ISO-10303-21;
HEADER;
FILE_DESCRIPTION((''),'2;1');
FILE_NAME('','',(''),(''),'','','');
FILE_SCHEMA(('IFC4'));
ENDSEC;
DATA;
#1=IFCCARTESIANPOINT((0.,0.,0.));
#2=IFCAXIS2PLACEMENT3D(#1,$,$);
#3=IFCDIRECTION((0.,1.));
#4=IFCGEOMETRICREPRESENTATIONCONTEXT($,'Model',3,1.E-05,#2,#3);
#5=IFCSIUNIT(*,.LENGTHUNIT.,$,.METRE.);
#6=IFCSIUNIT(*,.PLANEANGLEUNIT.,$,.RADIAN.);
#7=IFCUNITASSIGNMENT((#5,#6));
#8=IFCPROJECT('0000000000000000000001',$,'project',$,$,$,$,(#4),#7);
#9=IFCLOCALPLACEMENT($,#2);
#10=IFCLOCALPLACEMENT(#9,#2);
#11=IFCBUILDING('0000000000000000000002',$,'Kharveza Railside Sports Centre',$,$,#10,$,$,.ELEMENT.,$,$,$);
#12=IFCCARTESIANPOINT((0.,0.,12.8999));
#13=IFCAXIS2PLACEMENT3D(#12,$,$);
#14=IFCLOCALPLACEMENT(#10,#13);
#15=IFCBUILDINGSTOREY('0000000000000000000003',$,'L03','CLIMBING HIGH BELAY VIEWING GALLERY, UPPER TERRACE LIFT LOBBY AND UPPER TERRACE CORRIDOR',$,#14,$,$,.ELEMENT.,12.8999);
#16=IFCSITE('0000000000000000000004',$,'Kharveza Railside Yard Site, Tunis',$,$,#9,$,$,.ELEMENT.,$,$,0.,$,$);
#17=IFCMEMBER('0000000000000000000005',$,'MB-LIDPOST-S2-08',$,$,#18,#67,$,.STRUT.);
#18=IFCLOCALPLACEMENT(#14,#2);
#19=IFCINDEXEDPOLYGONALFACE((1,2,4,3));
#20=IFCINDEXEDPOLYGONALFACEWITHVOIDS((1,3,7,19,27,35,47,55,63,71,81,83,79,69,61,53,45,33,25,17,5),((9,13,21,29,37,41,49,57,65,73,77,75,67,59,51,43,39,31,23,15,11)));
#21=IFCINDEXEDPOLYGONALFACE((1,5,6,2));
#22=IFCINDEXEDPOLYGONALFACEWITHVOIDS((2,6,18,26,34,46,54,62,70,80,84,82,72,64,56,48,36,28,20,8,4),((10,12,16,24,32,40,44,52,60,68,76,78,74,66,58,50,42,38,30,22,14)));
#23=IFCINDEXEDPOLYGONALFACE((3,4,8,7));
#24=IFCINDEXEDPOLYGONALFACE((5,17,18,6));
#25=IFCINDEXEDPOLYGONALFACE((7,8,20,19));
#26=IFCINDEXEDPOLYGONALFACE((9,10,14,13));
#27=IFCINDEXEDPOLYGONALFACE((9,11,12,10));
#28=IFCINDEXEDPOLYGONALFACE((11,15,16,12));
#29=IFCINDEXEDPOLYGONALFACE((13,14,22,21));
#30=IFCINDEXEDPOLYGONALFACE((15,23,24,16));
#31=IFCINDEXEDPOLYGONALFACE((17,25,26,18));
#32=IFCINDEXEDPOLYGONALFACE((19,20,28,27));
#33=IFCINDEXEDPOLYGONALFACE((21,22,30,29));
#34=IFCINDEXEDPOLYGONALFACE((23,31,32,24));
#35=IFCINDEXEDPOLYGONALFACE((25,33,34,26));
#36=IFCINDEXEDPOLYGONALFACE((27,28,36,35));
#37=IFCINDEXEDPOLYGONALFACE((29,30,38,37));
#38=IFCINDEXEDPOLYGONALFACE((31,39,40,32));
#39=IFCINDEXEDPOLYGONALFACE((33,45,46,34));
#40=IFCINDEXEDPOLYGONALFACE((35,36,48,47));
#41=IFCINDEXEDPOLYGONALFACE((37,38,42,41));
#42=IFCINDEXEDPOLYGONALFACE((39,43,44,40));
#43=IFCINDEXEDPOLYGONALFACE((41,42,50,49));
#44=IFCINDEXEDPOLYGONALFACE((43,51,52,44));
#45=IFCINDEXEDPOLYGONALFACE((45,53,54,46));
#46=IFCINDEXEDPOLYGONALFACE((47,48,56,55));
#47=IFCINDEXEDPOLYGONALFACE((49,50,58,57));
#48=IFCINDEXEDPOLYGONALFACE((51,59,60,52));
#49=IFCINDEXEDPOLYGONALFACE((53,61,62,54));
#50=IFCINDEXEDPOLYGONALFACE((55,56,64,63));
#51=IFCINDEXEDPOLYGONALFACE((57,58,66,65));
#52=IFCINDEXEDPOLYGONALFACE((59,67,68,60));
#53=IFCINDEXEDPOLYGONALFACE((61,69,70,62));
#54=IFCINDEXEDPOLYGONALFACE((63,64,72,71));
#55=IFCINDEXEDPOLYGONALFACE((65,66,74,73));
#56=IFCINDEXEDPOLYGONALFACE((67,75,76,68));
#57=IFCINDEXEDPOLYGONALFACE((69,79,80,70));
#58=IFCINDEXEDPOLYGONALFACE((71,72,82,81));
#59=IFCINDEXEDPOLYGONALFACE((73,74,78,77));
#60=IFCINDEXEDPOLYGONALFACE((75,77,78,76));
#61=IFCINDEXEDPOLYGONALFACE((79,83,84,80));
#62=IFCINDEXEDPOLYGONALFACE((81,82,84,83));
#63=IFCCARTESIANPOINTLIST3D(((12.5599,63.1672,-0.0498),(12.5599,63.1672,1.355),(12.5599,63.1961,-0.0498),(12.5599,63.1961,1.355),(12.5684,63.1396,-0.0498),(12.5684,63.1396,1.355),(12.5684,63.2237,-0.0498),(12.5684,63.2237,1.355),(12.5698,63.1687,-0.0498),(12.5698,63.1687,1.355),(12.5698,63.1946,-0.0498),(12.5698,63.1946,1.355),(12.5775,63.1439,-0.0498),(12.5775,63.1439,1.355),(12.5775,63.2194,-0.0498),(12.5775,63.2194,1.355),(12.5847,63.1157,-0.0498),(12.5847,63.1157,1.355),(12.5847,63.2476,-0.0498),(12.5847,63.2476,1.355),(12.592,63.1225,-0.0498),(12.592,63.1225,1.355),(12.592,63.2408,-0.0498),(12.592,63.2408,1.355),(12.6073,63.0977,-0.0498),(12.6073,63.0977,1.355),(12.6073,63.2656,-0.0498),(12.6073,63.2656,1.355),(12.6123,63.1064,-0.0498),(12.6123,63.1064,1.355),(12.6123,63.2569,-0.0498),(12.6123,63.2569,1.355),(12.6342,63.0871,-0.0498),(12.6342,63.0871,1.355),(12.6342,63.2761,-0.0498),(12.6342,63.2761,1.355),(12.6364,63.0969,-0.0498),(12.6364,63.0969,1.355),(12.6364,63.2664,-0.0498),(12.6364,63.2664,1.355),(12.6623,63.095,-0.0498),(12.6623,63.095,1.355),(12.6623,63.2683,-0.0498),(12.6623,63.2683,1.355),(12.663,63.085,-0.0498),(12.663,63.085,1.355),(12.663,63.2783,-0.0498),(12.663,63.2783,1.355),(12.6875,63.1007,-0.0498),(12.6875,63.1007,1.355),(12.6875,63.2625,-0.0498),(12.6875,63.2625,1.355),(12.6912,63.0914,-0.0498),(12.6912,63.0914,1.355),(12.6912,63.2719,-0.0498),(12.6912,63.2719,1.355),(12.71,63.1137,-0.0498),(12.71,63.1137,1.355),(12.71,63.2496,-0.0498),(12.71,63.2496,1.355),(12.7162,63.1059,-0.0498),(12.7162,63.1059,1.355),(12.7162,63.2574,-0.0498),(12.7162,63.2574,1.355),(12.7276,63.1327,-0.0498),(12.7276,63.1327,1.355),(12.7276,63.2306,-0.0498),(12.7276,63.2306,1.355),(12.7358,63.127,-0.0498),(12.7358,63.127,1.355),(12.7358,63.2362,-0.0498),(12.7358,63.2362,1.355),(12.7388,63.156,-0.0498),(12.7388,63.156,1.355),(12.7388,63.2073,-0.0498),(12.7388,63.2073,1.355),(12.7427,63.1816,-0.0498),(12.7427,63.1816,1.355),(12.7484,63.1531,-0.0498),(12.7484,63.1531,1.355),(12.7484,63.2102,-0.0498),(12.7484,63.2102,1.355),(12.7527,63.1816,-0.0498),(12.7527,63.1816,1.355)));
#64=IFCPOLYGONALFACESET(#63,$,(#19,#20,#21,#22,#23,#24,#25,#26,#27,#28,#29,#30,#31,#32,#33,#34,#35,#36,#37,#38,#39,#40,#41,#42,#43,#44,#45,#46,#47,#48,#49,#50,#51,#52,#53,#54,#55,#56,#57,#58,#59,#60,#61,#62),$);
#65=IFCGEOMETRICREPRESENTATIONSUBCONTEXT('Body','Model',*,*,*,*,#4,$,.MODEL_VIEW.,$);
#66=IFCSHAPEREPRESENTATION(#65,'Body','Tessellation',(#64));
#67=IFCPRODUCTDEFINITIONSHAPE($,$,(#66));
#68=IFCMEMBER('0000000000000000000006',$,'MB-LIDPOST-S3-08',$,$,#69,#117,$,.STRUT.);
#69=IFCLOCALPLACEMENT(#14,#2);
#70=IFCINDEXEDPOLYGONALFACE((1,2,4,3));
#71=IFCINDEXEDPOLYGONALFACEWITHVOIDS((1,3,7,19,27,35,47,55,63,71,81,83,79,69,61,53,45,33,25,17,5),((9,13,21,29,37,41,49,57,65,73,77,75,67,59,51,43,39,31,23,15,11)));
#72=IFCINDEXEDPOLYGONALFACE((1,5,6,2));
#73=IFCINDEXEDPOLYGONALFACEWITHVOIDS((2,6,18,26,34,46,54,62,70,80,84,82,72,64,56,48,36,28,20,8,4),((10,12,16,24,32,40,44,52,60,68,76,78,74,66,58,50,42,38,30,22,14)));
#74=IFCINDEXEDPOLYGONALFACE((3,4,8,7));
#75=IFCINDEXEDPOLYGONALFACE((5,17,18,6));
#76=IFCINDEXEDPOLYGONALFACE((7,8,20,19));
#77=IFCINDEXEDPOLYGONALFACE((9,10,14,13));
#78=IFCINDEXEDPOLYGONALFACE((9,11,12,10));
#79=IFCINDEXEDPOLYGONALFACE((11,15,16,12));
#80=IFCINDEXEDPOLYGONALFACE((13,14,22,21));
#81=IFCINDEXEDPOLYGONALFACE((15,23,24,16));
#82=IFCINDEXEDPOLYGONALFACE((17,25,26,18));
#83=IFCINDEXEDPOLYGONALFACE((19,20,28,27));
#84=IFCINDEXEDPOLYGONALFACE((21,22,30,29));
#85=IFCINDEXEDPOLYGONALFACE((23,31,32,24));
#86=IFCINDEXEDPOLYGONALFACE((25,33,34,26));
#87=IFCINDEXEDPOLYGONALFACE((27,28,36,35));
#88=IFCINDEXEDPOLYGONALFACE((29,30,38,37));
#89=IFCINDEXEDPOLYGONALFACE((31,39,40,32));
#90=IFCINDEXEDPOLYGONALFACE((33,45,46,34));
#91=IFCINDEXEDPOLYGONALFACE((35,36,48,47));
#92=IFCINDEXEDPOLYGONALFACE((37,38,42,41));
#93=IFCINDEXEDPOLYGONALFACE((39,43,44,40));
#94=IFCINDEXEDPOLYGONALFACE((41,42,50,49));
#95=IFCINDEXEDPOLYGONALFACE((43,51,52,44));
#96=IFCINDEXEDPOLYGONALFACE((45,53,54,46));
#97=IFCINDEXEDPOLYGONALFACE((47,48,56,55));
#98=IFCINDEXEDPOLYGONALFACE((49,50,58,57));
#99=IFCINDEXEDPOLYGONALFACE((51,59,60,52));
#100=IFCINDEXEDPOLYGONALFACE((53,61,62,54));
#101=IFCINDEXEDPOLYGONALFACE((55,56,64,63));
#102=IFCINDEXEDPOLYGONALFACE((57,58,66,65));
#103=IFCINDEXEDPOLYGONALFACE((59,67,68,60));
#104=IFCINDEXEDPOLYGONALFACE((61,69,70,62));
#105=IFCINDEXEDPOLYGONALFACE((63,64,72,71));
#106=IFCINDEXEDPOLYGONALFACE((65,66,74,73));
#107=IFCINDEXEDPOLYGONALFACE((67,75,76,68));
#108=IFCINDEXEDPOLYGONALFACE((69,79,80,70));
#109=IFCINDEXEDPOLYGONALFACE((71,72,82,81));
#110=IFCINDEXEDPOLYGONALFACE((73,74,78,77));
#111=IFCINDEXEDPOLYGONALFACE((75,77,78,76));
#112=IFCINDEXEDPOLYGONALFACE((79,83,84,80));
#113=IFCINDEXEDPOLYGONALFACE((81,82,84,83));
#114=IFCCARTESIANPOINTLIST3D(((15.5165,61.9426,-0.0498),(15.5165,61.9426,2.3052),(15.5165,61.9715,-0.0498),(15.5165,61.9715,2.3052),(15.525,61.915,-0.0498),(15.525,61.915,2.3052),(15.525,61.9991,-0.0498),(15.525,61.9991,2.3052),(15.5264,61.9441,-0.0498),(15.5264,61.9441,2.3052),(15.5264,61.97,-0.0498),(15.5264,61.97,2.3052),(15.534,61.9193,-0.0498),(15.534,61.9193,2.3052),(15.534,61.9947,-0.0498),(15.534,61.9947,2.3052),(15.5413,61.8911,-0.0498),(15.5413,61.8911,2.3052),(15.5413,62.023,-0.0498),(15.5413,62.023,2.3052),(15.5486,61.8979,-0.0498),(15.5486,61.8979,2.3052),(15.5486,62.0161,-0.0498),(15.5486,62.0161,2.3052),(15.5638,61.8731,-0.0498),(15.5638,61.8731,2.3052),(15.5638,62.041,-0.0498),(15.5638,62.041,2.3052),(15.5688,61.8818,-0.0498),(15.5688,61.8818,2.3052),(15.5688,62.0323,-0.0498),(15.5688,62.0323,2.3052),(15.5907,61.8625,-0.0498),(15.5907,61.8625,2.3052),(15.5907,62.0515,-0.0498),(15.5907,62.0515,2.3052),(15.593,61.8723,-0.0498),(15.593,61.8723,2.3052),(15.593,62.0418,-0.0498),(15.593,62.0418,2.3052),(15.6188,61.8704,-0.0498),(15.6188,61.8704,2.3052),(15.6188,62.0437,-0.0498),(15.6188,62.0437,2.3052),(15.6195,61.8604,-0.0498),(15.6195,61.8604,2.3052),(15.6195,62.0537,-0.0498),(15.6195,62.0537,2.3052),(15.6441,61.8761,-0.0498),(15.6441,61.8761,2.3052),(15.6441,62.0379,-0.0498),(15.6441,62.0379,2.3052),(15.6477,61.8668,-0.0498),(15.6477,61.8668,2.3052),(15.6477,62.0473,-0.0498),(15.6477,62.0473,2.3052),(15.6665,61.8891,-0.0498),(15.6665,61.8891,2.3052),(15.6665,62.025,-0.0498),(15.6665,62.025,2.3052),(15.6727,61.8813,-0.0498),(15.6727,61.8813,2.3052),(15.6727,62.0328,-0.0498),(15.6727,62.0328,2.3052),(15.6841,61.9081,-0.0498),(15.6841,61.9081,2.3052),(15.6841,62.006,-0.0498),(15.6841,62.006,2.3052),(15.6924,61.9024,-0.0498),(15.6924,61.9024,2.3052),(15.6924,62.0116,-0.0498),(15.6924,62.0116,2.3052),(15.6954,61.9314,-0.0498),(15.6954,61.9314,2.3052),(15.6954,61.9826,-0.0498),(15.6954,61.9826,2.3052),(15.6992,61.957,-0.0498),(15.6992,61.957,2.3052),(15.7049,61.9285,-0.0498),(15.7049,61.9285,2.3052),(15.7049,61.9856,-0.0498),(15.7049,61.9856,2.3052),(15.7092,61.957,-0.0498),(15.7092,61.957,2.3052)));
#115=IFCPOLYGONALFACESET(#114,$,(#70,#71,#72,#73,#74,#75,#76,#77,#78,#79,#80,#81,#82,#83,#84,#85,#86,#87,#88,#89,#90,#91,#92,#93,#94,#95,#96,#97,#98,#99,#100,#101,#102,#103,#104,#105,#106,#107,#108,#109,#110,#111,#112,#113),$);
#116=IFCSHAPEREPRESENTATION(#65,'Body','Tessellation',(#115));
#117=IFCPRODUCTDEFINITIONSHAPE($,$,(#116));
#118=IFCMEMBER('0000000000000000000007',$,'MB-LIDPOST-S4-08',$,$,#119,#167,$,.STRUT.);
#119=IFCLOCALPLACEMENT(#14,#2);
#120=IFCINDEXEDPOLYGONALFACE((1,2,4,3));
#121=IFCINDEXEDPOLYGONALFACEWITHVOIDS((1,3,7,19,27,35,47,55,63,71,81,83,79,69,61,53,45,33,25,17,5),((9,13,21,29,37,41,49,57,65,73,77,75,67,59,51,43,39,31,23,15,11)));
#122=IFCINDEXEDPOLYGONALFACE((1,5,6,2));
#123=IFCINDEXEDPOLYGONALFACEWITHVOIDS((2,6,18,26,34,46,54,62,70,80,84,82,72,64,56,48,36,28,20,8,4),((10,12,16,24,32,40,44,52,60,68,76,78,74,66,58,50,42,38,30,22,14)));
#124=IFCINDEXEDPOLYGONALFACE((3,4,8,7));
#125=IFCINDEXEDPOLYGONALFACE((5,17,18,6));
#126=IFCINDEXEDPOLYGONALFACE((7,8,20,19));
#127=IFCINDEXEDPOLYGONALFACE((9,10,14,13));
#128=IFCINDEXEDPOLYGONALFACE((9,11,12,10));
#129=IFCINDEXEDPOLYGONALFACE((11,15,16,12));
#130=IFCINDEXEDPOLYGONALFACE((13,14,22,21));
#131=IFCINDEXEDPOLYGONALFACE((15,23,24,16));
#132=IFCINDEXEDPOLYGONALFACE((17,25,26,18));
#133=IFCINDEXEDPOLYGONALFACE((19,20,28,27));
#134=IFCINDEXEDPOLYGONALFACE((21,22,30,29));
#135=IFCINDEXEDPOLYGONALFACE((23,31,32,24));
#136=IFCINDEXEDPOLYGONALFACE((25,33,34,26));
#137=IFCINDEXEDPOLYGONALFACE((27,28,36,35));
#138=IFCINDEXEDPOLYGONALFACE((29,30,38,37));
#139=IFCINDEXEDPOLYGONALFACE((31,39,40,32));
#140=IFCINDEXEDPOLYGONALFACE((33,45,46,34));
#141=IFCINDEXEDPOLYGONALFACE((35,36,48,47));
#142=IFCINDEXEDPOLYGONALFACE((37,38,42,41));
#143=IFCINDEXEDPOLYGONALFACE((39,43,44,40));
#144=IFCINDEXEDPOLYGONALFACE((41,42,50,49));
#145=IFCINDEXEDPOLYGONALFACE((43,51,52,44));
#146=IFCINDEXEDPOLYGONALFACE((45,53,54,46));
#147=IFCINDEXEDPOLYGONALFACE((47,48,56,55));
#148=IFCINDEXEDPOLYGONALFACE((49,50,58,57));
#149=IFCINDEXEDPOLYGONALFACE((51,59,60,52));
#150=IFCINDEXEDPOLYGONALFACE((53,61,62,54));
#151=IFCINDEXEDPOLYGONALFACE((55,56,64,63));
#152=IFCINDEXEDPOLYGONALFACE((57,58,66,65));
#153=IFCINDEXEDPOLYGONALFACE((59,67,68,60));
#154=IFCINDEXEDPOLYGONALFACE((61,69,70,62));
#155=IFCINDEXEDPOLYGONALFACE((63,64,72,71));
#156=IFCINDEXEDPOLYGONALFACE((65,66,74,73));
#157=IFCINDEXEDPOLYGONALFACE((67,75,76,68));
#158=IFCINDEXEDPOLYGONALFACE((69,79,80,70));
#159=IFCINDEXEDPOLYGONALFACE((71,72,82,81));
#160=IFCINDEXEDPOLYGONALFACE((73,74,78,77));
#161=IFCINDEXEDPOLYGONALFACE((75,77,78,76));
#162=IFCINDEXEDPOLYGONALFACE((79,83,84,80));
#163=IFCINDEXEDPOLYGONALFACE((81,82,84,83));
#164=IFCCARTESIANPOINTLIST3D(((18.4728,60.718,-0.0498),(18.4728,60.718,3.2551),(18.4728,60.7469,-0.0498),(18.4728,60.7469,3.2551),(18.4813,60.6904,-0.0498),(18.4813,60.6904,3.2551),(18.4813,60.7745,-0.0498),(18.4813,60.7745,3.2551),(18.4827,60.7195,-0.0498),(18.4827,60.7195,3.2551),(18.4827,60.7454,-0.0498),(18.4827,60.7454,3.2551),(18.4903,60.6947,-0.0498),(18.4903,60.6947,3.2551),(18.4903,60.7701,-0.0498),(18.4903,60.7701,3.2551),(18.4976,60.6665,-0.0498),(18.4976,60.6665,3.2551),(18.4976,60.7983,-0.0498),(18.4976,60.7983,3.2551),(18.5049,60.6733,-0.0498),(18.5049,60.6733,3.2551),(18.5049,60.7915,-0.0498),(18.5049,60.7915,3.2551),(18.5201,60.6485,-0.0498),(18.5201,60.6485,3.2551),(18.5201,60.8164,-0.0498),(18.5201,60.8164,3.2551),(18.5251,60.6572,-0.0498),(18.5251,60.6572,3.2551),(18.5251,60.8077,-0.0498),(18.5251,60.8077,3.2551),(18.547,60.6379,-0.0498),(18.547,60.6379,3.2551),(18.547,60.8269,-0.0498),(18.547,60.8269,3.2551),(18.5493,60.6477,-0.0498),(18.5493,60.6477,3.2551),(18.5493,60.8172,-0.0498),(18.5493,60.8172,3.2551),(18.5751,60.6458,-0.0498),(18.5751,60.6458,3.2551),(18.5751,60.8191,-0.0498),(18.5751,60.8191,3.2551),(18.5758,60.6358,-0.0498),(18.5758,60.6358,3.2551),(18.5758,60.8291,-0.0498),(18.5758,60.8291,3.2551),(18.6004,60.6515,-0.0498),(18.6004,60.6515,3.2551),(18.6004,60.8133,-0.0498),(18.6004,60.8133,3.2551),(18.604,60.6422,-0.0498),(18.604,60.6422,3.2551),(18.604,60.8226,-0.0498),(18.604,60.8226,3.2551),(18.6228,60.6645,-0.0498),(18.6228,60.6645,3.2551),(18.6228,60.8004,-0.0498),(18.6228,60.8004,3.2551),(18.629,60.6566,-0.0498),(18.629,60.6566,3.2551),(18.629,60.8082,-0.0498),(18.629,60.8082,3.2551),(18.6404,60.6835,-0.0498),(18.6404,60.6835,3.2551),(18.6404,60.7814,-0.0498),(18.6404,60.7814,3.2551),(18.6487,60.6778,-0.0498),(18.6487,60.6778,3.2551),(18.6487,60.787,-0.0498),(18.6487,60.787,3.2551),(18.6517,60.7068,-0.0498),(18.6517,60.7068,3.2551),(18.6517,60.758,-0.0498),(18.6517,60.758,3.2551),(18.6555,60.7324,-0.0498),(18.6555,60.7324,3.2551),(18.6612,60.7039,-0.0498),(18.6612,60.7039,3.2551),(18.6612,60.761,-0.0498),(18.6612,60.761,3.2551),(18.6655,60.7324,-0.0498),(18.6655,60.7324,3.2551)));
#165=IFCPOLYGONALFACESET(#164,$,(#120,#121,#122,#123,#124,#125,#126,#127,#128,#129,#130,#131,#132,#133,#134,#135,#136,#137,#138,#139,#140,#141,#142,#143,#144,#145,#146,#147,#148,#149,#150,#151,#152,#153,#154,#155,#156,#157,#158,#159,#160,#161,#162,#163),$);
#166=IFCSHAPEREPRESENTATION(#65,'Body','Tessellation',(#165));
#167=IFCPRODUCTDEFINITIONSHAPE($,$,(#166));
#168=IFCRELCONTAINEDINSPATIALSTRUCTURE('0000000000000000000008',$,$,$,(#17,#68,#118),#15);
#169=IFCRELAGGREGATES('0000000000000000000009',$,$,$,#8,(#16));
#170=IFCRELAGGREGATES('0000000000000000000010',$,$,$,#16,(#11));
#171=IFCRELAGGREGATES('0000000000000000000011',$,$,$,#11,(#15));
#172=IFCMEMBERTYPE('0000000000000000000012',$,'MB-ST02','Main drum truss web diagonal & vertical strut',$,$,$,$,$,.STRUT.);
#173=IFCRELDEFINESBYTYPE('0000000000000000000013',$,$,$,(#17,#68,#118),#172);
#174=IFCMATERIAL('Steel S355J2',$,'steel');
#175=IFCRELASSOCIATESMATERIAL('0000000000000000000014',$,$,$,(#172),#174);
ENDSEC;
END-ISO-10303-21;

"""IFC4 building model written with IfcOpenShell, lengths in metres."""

from ifc_helpers import new_model, si_unit, direction, frame, origin, origin_2d, place, context, subcontext, project, spatial, hollow_circle, extrude, material, material_profile, profile_set, type_object, element, save


model = new_model("IFC4")

# Units and contexts
model_context = context("Model", 3, precision=1e-05, world=origin(), true_north=direction((0.0, 1.0)))
body_context = subcontext(model_context, "Body", "Model", "MODEL_VIEW")
ifc_project = project(units=[si_unit("LENGTHUNIT", "METRE"), si_unit("PLANEANGLEUNIT", "RADIAN")], contexts=[model_context])

# Site, building, storey
site_placement = place(None, origin())
site = spatial("IfcSite", under=ifc_project, at=site_placement, Name="Kharveza Railside Yard Site, Tunis", CompositionType="ELEMENT", RefElevation=0.0)
building_placement = place(site_placement, origin())
building = spatial("IfcBuilding", under=site, at=building_placement, Name="Kharveza Railside Sports Centre", CompositionType="ELEMENT")
storey_placement = place(building_placement, frame((0.0, 0.0, 12.8999)))
storey = spatial("IfcBuildingStorey", under=building, at=storey_placement, Name="L03", Description="CLIMBING HIGH BELAY VIEWING GALLERY, UPPER TERRACE LIFT LOBBY AND UPPER TERRACE CORRIDOR", CompositionType="ELEMENT", Elevation=12.8999)

# Shared definitions
ifc_material_1 = material(Name="Steel S355J2", Category="steel")

# Members
ifc_material_profile_1 = material_profile(ifc_material_1, hollow_circle(Radius=0.0969, WallThickness=0.01, at=origin_2d()), Name="CHS 193.7x10.0")
ifc_profile_set_1 = profile_set([ifc_material_profile_1], Name="Steel S355J2")
member_type_1 = type_object("IfcMemberType", Name="MB-ST02", Description="Main drum truss web diagonal & vertical strut", PredefinedType="STRUT", material=ifc_profile_set_1)
member_1_placement = place(storey_placement, frame((12.6558, 63.1816, -0.0498), z_axis=(0.0, 0.0, 1.0), x_axis=(1.0, 0.0, 0.0)))
element("IfcMember", 1, at=member_1_placement, inside=storey, type_object=member_type_1, Name="MB-LIDPOST-S2-08", PredefinedType="STRUT", context=body_context, shape_type="SweptSolid", body=[
    extrude(hollow_circle(Radius=0.0969, WallThickness=0.01, at=origin_2d()), origin(), (0.0, 0.0, 1.0), 1.4048),
])
member_2_placement = place(storey_placement, frame((15.6123, 61.957, -0.0498), z_axis=(0.0, 0.0, 1.0), x_axis=(1.0, 0.0, 0.0)))
element("IfcMember", 2, at=member_2_placement, inside=storey, type_object=member_type_1, Name="MB-LIDPOST-S3-08", PredefinedType="STRUT", context=body_context, shape_type="SweptSolid", body=[
    extrude(hollow_circle(Radius=0.0969, WallThickness=0.01, at=origin_2d()), origin(), (0.0, 0.0, 1.0), 2.355),
])
member_3_placement = place(storey_placement, frame((18.5686, 60.7324, -0.0498), z_axis=(0.0, 0.0, 1.0), x_axis=(1.0, 0.0, 0.0)))
element("IfcMember", 3, at=member_3_placement, inside=storey, type_object=member_type_1, Name="MB-LIDPOST-S4-08", PredefinedType="STRUT", context=body_context, shape_type="SweptSolid", body=[
    extrude(hollow_circle(Radius=0.0969, WallThickness=0.01, at=origin_2d()), origin(), (0.0, 0.0, 1.0), 3.3049),
])

save(model, "model.ifc")
